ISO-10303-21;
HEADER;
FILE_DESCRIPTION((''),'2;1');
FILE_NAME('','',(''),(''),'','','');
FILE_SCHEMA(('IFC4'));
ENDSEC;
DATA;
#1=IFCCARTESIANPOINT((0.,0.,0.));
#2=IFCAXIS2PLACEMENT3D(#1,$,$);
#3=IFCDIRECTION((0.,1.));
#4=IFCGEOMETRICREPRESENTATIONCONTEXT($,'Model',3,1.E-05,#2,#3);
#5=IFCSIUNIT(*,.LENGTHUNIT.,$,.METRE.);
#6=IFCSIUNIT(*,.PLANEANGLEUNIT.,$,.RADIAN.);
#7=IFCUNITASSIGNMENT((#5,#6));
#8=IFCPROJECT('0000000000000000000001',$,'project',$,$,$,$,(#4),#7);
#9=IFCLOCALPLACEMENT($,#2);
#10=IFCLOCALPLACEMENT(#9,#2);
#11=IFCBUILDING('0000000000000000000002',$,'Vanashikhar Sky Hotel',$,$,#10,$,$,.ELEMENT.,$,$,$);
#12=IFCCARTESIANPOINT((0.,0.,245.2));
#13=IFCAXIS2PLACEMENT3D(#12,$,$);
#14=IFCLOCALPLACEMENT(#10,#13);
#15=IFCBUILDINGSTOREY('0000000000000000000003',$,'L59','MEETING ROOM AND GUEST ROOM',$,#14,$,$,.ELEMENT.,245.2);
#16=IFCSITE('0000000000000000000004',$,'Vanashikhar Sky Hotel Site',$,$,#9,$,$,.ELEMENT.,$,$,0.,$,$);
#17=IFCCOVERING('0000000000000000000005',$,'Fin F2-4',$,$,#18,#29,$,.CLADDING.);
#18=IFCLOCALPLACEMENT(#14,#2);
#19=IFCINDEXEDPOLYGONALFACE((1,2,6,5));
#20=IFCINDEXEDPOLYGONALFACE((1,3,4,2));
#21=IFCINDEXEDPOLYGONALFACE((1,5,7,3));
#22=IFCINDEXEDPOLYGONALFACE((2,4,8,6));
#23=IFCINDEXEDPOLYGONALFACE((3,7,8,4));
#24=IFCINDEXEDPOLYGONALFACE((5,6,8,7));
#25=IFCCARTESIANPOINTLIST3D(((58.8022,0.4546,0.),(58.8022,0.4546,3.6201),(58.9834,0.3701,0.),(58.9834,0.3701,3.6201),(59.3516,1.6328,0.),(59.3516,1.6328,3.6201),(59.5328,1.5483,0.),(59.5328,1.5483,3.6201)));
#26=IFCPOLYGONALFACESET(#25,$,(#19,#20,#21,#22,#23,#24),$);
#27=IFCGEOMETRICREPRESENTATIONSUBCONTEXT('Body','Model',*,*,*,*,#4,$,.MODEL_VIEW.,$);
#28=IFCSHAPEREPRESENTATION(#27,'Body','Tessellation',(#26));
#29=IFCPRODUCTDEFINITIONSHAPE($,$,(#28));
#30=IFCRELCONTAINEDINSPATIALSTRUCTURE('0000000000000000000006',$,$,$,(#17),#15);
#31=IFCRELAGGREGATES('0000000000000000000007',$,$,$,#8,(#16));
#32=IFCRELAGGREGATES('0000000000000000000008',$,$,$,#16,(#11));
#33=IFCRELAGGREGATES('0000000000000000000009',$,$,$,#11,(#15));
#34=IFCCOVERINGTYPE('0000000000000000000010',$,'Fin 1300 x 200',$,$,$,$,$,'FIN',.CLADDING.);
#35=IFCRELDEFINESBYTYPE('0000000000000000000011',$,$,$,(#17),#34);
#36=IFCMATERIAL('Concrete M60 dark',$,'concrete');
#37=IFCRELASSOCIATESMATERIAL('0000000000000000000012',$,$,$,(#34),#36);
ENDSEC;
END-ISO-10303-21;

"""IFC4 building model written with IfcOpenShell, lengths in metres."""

from ifc_helpers import new_model, si_unit, direction, frame, origin, origin_2d, place, context, subcontext, project, spatial, rectangle, extrude, source, transform, mapped, material, material_profile, profile_set, type_object, element, save


model = new_model("IFC4")

# Units and contexts
model_context = context("Model", 3, precision=1e-05, world=origin(), true_north=direction((0.0, 1.0)))
body_context = subcontext(model_context, "Body", "Model", "MODEL_VIEW")
ifc_project = project(units=[si_unit("LENGTHUNIT", "METRE"), si_unit("PLANEANGLEUNIT", "RADIAN")], contexts=[model_context])

# Site, building, storey
site_placement = place(None, origin())
site = spatial("IfcSite", under=ifc_project, at=site_placement, Name="Vanashikhar Sky Hotel Site", CompositionType="ELEMENT", RefElevation=0.0)
building_placement = place(site_placement, origin())
building = spatial("IfcBuilding", under=site, at=building_placement, Name="Vanashikhar Sky Hotel", CompositionType="ELEMENT")
storey_placement = place(building_placement, frame((0.0, 0.0, 245.2)))
storey = spatial("IfcBuildingStorey", under=building, at=storey_placement, Name="L59", Description="MEETING ROOM AND GUEST ROOM", CompositionType="ELEMENT", Elevation=245.2)

# Covering
ifc_material_1 = material(Name="Concrete M60 dark", Category="concrete")
ifc_material_profile = material_profile(ifc_material_1, rectangle(XDim=1.3, YDim=0.2, at=origin_2d()))
ifc_profile_set = profile_set([ifc_material_profile], Name="Fin 1300 x 200")
covering_type = type_object("IfcCoveringType", Name="Fin 1300 x 200", ElementType="FIN", PredefinedType="CLADDING", material=ifc_profile_set)
shared_shape_1 = source(origin(), body_context, "Body", "SweptSolid", [
    extrude(rectangle(XDim=1.3, YDim=0.2, at=origin_2d()), origin(), (0.0, 0.0, 1.0), 3.6201),
])
for number, where, z_axis, x_axis, name in (
    (1, (59.1675, 1.0015, 0.0), (0.0, 0.0, 1.0), (-0.422618, -0.906308, 0.0), "Fin F2-4"),
):
    element("IfcCovering", number, at=place(storey_placement, frame(where, z_axis=z_axis, x_axis=x_axis)), inside=storey, type_object=covering_type, Name=name, PredefinedType="CLADDING", context=body_context, shape_type="MappedRepresentation", body=[
        mapped(shared_shape_1, transform((0.0, 0.0, 0.0), scale=1.0)),
    ])

save(model, "model.ifc")
